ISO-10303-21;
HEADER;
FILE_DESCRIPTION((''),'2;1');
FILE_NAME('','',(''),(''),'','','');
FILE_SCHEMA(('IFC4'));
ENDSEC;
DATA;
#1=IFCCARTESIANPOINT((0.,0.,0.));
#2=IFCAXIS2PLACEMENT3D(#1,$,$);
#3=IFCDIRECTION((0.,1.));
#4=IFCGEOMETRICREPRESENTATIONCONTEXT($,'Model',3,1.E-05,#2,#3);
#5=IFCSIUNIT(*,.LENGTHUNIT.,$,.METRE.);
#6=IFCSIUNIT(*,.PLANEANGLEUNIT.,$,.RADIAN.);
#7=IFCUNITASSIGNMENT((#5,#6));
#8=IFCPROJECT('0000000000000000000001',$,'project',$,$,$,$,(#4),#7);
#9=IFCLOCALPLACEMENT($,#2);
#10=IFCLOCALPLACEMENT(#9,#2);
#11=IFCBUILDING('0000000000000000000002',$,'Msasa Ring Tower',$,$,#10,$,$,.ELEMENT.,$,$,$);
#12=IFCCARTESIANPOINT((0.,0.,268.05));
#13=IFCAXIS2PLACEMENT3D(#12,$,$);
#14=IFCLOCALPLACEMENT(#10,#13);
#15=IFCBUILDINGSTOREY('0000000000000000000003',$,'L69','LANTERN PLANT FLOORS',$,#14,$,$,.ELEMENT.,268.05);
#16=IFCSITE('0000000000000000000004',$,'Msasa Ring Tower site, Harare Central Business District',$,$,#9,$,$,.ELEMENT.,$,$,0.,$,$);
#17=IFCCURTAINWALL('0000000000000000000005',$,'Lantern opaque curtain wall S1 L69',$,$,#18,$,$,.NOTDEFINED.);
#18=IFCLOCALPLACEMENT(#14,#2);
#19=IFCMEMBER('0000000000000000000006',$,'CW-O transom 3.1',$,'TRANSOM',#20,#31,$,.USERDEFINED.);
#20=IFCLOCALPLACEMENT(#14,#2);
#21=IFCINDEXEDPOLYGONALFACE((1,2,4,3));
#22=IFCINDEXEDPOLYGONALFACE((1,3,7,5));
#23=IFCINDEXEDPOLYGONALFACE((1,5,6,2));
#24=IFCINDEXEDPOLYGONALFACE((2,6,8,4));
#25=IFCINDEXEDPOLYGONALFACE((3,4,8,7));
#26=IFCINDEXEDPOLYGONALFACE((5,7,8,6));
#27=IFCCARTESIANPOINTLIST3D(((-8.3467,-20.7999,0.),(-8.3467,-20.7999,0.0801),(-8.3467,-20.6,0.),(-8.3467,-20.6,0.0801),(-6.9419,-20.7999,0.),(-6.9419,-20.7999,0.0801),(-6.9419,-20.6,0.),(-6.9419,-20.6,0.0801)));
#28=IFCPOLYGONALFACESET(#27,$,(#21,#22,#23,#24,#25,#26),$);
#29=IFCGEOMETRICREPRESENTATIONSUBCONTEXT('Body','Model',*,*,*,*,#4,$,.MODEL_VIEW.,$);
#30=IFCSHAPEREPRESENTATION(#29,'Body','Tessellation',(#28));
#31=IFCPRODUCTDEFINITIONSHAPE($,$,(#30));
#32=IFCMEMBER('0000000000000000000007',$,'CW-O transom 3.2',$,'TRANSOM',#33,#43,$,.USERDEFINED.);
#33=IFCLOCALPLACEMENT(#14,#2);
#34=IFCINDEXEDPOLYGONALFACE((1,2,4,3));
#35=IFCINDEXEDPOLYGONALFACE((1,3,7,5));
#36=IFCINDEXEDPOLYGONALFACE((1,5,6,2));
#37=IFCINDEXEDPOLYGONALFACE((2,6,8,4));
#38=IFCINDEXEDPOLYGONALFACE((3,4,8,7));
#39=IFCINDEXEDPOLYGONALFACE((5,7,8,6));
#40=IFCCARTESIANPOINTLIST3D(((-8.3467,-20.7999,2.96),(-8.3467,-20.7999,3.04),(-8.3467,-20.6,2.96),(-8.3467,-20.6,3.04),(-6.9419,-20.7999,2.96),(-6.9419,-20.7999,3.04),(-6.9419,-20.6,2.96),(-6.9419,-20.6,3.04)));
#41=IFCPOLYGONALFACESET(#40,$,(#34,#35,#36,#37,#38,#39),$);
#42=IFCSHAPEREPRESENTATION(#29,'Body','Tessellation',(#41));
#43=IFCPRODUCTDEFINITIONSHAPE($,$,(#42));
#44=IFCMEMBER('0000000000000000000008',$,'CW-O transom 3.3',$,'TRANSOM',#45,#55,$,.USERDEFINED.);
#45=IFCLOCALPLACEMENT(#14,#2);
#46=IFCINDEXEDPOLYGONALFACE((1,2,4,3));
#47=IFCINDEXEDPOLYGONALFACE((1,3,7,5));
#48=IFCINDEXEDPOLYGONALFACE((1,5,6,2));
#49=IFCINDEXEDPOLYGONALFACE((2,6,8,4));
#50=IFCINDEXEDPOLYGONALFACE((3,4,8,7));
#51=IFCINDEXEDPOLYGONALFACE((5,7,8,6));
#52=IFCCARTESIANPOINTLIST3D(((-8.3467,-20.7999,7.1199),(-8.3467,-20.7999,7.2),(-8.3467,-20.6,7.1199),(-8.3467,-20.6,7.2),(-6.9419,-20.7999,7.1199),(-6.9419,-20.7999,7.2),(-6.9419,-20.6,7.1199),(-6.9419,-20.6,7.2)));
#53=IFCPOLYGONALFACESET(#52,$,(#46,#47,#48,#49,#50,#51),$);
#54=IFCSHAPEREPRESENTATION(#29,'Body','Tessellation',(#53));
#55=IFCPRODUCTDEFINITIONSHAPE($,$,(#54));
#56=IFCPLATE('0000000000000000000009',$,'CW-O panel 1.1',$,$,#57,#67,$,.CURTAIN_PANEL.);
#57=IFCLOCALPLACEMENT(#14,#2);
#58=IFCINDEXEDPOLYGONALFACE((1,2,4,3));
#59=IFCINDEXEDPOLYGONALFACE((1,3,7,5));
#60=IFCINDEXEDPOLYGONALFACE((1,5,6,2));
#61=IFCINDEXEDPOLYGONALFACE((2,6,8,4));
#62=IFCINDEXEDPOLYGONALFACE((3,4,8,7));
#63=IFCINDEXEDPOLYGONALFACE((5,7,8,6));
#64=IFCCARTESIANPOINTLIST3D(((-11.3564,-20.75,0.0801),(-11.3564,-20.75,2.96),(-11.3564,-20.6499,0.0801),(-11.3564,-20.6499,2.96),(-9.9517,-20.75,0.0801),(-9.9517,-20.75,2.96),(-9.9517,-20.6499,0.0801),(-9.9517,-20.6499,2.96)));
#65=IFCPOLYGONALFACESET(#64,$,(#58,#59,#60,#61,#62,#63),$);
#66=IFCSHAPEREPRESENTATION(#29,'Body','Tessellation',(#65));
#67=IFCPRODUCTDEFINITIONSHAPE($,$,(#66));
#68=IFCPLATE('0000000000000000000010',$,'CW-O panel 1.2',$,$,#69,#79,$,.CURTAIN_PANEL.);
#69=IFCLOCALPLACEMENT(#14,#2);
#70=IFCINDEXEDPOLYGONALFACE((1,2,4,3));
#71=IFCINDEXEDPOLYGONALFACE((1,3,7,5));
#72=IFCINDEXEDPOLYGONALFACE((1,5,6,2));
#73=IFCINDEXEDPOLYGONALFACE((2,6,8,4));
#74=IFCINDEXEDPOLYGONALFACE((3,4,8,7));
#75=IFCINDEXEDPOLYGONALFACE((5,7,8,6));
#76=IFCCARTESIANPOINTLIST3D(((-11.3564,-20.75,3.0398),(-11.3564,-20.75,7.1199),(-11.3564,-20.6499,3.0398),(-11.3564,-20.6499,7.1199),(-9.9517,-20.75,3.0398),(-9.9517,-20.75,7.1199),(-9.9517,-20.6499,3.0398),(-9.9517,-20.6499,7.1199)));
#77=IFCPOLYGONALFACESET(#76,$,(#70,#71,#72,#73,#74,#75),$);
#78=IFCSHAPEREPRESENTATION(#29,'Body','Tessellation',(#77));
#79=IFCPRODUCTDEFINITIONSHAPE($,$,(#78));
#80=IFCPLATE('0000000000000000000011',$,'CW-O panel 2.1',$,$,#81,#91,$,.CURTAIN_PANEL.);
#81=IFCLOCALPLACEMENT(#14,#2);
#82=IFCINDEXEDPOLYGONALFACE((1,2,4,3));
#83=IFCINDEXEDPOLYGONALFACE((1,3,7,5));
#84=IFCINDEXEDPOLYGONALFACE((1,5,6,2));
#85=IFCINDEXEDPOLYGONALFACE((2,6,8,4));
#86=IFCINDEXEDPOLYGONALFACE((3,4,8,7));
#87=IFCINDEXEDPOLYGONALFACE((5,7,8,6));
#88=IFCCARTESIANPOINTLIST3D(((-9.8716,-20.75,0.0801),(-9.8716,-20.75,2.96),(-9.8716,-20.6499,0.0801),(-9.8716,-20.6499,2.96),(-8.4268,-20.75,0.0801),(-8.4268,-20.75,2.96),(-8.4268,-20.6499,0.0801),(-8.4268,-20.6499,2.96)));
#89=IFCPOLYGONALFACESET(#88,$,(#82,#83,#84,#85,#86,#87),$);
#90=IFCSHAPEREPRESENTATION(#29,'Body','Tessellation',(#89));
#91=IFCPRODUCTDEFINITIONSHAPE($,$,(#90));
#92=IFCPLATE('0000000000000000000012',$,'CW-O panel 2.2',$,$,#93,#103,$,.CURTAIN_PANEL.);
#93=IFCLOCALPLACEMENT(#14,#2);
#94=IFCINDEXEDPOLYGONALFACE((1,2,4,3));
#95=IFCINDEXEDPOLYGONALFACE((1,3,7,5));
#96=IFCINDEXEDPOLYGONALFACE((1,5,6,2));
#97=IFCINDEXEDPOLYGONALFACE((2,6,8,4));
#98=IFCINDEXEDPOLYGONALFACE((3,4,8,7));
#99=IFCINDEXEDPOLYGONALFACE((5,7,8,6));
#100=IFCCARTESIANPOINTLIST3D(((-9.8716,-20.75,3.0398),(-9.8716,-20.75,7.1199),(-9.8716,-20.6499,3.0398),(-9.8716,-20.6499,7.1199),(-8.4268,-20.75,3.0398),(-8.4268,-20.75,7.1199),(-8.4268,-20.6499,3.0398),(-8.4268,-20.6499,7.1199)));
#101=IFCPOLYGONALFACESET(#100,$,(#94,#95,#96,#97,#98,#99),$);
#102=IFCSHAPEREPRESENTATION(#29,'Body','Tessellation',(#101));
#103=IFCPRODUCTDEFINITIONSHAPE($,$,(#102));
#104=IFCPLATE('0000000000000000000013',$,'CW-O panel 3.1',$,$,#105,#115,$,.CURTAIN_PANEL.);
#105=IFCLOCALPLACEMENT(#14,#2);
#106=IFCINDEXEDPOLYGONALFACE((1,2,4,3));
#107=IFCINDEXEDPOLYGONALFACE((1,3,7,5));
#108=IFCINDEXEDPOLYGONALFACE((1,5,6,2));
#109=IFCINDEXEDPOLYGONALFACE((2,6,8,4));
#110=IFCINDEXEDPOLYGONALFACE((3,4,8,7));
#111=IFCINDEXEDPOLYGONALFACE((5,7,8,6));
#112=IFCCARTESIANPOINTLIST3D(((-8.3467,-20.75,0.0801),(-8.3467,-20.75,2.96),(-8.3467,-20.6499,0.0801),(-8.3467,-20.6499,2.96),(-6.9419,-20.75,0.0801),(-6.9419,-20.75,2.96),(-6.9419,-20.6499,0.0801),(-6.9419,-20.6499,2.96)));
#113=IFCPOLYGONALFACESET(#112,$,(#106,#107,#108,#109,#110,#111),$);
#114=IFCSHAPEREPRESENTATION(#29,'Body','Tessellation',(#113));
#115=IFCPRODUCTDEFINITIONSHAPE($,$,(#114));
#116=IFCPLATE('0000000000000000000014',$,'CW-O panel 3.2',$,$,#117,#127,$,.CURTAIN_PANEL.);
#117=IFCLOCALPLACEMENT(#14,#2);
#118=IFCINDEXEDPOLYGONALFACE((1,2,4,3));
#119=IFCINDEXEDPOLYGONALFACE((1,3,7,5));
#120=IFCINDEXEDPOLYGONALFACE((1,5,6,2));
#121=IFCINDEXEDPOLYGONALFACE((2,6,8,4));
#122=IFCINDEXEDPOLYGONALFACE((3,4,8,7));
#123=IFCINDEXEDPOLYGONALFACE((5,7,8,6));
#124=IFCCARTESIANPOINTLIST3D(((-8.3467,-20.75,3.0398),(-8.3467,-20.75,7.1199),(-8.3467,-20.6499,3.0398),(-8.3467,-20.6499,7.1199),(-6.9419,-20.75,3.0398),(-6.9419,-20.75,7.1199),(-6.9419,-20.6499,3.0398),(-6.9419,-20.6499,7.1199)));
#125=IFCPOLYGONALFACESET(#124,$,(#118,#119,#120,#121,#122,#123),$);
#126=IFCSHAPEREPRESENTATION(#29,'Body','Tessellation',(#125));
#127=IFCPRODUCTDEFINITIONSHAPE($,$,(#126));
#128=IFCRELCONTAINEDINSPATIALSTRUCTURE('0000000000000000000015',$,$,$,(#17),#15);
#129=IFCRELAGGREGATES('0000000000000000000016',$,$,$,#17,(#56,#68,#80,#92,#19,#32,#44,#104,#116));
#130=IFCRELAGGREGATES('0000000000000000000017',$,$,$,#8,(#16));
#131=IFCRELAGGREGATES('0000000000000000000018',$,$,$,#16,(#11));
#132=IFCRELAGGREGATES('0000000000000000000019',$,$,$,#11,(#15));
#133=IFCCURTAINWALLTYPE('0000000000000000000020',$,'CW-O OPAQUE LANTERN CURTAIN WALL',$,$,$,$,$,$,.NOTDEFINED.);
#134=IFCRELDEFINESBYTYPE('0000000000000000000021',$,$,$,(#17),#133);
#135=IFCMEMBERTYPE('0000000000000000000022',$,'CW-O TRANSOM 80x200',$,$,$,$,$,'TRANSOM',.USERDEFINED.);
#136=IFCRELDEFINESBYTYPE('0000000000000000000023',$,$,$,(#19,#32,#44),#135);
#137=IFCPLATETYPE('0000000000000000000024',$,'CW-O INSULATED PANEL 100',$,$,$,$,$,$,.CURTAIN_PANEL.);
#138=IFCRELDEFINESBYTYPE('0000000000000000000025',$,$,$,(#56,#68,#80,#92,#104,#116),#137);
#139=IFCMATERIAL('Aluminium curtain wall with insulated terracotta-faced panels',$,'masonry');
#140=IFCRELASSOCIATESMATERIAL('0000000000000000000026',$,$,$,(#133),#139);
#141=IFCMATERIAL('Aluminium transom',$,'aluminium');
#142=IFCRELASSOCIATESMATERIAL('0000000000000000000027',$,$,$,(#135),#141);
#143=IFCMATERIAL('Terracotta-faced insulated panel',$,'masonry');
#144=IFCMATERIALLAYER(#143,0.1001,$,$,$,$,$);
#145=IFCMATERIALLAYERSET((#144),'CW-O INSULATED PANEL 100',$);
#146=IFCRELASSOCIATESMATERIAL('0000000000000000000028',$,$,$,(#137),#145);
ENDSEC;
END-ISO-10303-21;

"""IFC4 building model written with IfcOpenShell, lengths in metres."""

from ifc_helpers import new_model, si_unit, direction, frame, origin, origin_2d, place, context, subcontext, project, spatial, rectangle, extrude, material, layer, layer_set, material_profile, profile_set, type_object, element, aggregate, save


model = new_model("IFC4")

# Units and contexts
model_context = context("Model", 3, precision=1e-05, world=origin(), true_north=direction((0.0, 1.0)))
body_context = subcontext(model_context, "Body", "Model", "MODEL_VIEW")
ifc_project = project(units=[si_unit("LENGTHUNIT", "METRE"), si_unit("PLANEANGLEUNIT", "RADIAN")], contexts=[model_context])

# Site, building, storey
site_placement = place(None, origin())
site = spatial("IfcSite", under=ifc_project, at=site_placement, Name="Msasa Ring Tower site, Harare Central Business District", CompositionType="ELEMENT", RefElevation=0.0)
building_placement = place(site_placement, origin())
building = spatial("IfcBuilding", under=site, at=building_placement, Name="Msasa Ring Tower", CompositionType="ELEMENT")
storey_placement = place(building_placement, frame((0.0, 0.0, 268.05)))
storey = spatial("IfcBuildingStorey", under=building, at=storey_placement, Name="L69", Description="LANTERN PLANT FLOORS", CompositionType="ELEMENT", Elevation=268.05)

# Curtain wall, members, plates
ifc_material_1 = material(Name="Aluminium curtain wall with insulated terracotta-faced panels", Category="masonry")
curtain_wall_type_1 = type_object("IfcCurtainWallType", Name="CW-O OPAQUE LANTERN CURTAIN WALL", PredefinedType="NOTDEFINED", material=ifc_material_1)
curtain_wall_1_placement = place(storey_placement, origin())
curtain_wall_1 = element("IfcCurtainWall", 1, at=curtain_wall_1_placement, inside=storey, type_object=curtain_wall_type_1, Name="Lantern opaque curtain wall S1 L69", PredefinedType="NOTDEFINED")
ifc_material_2 = material(Name="Aluminium transom", Category="aluminium")
ifc_material_profile_1 = material_profile(ifc_material_2, rectangle(XDim=0.2, YDim=0.0801, at=origin_2d()), Name="AL 80x200")
ifc_profile_set_1 = profile_set([ifc_material_profile_1], Name="Aluminium transom")
member_type_1 = type_object("IfcMemberType", Name="CW-O TRANSOM 80x200", ElementType="TRANSOM", PredefinedType="USERDEFINED", material=ifc_profile_set_1)
member_1_placement = place(storey_placement, frame((-8.3467, -20.7, 0.04), z_axis=(1.0, 0.0, 0.0), x_axis=(0.0, 1.0, 0.0)))
member_1 = element("IfcMember", 2, at=member_1_placement, type_object=member_type_1, Name="CW-O transom 3.1", ObjectType="TRANSOM", PredefinedType="USERDEFINED", context=body_context, shape_type="SweptSolid", body=[
    extrude(rectangle(XDim=0.2, YDim=0.0801, at=origin_2d()), origin(), (0.0, 0.0, 1.0), 1.4048),
])
member_2_placement = place(storey_placement, frame((-8.3467, -20.7, 3.0), z_axis=(1.0, 0.0, 0.0), x_axis=(0.0, 1.0, 0.0)))
member_2 = element("IfcMember", 3, at=member_2_placement, type_object=member_type_1, Name="CW-O transom 3.2", ObjectType="TRANSOM", PredefinedType="USERDEFINED", context=body_context, shape_type="SweptSolid", body=[
    extrude(rectangle(XDim=0.2, YDim=0.0801, at=origin_2d()), origin(), (0.0, 0.0, 1.0), 1.4048),
])
member_3_placement = place(storey_placement, frame((-8.3467, -20.7, 7.1599), z_axis=(1.0, 0.0, 0.0), x_axis=(0.0, 1.0, 0.0)))
member_3 = element("IfcMember", 4, at=member_3_placement, type_object=member_type_1, Name="CW-O transom 3.3", ObjectType="TRANSOM", PredefinedType="USERDEFINED", context=body_context, shape_type="SweptSolid", body=[
    extrude(rectangle(XDim=0.2, YDim=0.0801, at=origin_2d()), origin(), (0.0, 0.0, 1.0), 1.4048),
])
ifc_material_3 = material(Name="Terracotta-faced insulated panel", Category="masonry")
ifc_layer = layer(ifc_material_3, 0.1001)
ifc_layer_set = layer_set([ifc_layer], Name="CW-O INSULATED PANEL 100")
plate_type = type_object("IfcPlateType", Name="CW-O INSULATED PANEL 100", PredefinedType="CURTAIN_PANEL", material=ifc_layer_set)
plate_1_placement = place(storey_placement, frame((-10.6541, -20.7, 0.0801), z_axis=(0.0, 0.0, 1.0), x_axis=(1.0, 0.0, 0.0)))
plate_1 = element("IfcPlate", 5, at=plate_1_placement, type_object=plate_type, Name="CW-O panel 1.1", PredefinedType="CURTAIN_PANEL", context=body_context, shape_type="SweptSolid", body=[
    extrude(rectangle(XDim=1.4048, YDim=0.1001, at=origin_2d()), origin(), (0.0, 0.0, 1.0), 2.8799),
])
plate_2_placement = place(storey_placement, frame((-10.6541, -20.7, 3.0398), z_axis=(0.0, 0.0, 1.0), x_axis=(1.0, 0.0, 0.0)))
plate_2 = element("IfcPlate", 6, at=plate_2_placement, type_object=plate_type, Name="CW-O panel 1.2", PredefinedType="CURTAIN_PANEL", context=body_context, shape_type="SweptSolid", body=[
    extrude(rectangle(XDim=1.4048, YDim=0.1001, at=origin_2d()), origin(), (0.0, 0.0, 1.0), 4.0801),
])
plate_3_placement = place(storey_placement, frame((-9.1492, -20.7, 0.0801), z_axis=(0.0, 0.0, 1.0), x_axis=(1.0, 0.0, 0.0)))
plate_3 = element("IfcPlate", 7, at=plate_3_placement, type_object=plate_type, Name="CW-O panel 2.1", PredefinedType="CURTAIN_PANEL", context=body_context, shape_type="SweptSolid", body=[
    extrude(rectangle(XDim=1.4448, YDim=0.1001, at=origin_2d()), origin(), (0.0, 0.0, 1.0), 2.8799),
])
plate_4_placement = place(storey_placement, frame((-9.1492, -20.7, 3.0398), z_axis=(0.0, 0.0, 1.0), x_axis=(1.0, 0.0, 0.0)))
plate_4 = element("IfcPlate", 8, at=plate_4_placement, type_object=plate_type, Name="CW-O panel 2.2", PredefinedType="CURTAIN_PANEL", context=body_context, shape_type="SweptSolid", body=[
    extrude(rectangle(XDim=1.4448, YDim=0.1001, at=origin_2d()), origin(), (0.0, 0.0, 1.0), 4.0801),
])
plate_5_placement = place(storey_placement, frame((-7.6443, -20.7, 0.0801), z_axis=(0.0, 0.0, 1.0), x_axis=(1.0, 0.0, 0.0)))
plate_5 = element("IfcPlate", 9, at=plate_5_placement, type_object=plate_type, Name="CW-O panel 3.1", PredefinedType="CURTAIN_PANEL", context=body_context, shape_type="SweptSolid", body=[
    extrude(rectangle(XDim=1.4048, YDim=0.1001, at=origin_2d()), origin(), (0.0, 0.0, 1.0), 2.8799),
])
plate_6_placement = place(storey_placement, frame((-7.6443, -20.7, 3.0398), z_axis=(0.0, 0.0, 1.0), x_axis=(1.0, 0.0, 0.0)))
plate_6 = element("IfcPlate", 10, at=plate_6_placement, type_object=plate_type, Name="CW-O panel 3.2", PredefinedType="CURTAIN_PANEL", context=body_context, shape_type="SweptSolid", body=[
    extrude(rectangle(XDim=1.4048, YDim=0.1001, at=origin_2d()), origin(), (0.0, 0.0, 1.0), 4.0801),
])
aggregate(curtain_wall_1, [plate_1, plate_2, plate_3, plate_4, member_1, member_2, member_3, plate_5, plate_6])

save(model, "model.ifc")
